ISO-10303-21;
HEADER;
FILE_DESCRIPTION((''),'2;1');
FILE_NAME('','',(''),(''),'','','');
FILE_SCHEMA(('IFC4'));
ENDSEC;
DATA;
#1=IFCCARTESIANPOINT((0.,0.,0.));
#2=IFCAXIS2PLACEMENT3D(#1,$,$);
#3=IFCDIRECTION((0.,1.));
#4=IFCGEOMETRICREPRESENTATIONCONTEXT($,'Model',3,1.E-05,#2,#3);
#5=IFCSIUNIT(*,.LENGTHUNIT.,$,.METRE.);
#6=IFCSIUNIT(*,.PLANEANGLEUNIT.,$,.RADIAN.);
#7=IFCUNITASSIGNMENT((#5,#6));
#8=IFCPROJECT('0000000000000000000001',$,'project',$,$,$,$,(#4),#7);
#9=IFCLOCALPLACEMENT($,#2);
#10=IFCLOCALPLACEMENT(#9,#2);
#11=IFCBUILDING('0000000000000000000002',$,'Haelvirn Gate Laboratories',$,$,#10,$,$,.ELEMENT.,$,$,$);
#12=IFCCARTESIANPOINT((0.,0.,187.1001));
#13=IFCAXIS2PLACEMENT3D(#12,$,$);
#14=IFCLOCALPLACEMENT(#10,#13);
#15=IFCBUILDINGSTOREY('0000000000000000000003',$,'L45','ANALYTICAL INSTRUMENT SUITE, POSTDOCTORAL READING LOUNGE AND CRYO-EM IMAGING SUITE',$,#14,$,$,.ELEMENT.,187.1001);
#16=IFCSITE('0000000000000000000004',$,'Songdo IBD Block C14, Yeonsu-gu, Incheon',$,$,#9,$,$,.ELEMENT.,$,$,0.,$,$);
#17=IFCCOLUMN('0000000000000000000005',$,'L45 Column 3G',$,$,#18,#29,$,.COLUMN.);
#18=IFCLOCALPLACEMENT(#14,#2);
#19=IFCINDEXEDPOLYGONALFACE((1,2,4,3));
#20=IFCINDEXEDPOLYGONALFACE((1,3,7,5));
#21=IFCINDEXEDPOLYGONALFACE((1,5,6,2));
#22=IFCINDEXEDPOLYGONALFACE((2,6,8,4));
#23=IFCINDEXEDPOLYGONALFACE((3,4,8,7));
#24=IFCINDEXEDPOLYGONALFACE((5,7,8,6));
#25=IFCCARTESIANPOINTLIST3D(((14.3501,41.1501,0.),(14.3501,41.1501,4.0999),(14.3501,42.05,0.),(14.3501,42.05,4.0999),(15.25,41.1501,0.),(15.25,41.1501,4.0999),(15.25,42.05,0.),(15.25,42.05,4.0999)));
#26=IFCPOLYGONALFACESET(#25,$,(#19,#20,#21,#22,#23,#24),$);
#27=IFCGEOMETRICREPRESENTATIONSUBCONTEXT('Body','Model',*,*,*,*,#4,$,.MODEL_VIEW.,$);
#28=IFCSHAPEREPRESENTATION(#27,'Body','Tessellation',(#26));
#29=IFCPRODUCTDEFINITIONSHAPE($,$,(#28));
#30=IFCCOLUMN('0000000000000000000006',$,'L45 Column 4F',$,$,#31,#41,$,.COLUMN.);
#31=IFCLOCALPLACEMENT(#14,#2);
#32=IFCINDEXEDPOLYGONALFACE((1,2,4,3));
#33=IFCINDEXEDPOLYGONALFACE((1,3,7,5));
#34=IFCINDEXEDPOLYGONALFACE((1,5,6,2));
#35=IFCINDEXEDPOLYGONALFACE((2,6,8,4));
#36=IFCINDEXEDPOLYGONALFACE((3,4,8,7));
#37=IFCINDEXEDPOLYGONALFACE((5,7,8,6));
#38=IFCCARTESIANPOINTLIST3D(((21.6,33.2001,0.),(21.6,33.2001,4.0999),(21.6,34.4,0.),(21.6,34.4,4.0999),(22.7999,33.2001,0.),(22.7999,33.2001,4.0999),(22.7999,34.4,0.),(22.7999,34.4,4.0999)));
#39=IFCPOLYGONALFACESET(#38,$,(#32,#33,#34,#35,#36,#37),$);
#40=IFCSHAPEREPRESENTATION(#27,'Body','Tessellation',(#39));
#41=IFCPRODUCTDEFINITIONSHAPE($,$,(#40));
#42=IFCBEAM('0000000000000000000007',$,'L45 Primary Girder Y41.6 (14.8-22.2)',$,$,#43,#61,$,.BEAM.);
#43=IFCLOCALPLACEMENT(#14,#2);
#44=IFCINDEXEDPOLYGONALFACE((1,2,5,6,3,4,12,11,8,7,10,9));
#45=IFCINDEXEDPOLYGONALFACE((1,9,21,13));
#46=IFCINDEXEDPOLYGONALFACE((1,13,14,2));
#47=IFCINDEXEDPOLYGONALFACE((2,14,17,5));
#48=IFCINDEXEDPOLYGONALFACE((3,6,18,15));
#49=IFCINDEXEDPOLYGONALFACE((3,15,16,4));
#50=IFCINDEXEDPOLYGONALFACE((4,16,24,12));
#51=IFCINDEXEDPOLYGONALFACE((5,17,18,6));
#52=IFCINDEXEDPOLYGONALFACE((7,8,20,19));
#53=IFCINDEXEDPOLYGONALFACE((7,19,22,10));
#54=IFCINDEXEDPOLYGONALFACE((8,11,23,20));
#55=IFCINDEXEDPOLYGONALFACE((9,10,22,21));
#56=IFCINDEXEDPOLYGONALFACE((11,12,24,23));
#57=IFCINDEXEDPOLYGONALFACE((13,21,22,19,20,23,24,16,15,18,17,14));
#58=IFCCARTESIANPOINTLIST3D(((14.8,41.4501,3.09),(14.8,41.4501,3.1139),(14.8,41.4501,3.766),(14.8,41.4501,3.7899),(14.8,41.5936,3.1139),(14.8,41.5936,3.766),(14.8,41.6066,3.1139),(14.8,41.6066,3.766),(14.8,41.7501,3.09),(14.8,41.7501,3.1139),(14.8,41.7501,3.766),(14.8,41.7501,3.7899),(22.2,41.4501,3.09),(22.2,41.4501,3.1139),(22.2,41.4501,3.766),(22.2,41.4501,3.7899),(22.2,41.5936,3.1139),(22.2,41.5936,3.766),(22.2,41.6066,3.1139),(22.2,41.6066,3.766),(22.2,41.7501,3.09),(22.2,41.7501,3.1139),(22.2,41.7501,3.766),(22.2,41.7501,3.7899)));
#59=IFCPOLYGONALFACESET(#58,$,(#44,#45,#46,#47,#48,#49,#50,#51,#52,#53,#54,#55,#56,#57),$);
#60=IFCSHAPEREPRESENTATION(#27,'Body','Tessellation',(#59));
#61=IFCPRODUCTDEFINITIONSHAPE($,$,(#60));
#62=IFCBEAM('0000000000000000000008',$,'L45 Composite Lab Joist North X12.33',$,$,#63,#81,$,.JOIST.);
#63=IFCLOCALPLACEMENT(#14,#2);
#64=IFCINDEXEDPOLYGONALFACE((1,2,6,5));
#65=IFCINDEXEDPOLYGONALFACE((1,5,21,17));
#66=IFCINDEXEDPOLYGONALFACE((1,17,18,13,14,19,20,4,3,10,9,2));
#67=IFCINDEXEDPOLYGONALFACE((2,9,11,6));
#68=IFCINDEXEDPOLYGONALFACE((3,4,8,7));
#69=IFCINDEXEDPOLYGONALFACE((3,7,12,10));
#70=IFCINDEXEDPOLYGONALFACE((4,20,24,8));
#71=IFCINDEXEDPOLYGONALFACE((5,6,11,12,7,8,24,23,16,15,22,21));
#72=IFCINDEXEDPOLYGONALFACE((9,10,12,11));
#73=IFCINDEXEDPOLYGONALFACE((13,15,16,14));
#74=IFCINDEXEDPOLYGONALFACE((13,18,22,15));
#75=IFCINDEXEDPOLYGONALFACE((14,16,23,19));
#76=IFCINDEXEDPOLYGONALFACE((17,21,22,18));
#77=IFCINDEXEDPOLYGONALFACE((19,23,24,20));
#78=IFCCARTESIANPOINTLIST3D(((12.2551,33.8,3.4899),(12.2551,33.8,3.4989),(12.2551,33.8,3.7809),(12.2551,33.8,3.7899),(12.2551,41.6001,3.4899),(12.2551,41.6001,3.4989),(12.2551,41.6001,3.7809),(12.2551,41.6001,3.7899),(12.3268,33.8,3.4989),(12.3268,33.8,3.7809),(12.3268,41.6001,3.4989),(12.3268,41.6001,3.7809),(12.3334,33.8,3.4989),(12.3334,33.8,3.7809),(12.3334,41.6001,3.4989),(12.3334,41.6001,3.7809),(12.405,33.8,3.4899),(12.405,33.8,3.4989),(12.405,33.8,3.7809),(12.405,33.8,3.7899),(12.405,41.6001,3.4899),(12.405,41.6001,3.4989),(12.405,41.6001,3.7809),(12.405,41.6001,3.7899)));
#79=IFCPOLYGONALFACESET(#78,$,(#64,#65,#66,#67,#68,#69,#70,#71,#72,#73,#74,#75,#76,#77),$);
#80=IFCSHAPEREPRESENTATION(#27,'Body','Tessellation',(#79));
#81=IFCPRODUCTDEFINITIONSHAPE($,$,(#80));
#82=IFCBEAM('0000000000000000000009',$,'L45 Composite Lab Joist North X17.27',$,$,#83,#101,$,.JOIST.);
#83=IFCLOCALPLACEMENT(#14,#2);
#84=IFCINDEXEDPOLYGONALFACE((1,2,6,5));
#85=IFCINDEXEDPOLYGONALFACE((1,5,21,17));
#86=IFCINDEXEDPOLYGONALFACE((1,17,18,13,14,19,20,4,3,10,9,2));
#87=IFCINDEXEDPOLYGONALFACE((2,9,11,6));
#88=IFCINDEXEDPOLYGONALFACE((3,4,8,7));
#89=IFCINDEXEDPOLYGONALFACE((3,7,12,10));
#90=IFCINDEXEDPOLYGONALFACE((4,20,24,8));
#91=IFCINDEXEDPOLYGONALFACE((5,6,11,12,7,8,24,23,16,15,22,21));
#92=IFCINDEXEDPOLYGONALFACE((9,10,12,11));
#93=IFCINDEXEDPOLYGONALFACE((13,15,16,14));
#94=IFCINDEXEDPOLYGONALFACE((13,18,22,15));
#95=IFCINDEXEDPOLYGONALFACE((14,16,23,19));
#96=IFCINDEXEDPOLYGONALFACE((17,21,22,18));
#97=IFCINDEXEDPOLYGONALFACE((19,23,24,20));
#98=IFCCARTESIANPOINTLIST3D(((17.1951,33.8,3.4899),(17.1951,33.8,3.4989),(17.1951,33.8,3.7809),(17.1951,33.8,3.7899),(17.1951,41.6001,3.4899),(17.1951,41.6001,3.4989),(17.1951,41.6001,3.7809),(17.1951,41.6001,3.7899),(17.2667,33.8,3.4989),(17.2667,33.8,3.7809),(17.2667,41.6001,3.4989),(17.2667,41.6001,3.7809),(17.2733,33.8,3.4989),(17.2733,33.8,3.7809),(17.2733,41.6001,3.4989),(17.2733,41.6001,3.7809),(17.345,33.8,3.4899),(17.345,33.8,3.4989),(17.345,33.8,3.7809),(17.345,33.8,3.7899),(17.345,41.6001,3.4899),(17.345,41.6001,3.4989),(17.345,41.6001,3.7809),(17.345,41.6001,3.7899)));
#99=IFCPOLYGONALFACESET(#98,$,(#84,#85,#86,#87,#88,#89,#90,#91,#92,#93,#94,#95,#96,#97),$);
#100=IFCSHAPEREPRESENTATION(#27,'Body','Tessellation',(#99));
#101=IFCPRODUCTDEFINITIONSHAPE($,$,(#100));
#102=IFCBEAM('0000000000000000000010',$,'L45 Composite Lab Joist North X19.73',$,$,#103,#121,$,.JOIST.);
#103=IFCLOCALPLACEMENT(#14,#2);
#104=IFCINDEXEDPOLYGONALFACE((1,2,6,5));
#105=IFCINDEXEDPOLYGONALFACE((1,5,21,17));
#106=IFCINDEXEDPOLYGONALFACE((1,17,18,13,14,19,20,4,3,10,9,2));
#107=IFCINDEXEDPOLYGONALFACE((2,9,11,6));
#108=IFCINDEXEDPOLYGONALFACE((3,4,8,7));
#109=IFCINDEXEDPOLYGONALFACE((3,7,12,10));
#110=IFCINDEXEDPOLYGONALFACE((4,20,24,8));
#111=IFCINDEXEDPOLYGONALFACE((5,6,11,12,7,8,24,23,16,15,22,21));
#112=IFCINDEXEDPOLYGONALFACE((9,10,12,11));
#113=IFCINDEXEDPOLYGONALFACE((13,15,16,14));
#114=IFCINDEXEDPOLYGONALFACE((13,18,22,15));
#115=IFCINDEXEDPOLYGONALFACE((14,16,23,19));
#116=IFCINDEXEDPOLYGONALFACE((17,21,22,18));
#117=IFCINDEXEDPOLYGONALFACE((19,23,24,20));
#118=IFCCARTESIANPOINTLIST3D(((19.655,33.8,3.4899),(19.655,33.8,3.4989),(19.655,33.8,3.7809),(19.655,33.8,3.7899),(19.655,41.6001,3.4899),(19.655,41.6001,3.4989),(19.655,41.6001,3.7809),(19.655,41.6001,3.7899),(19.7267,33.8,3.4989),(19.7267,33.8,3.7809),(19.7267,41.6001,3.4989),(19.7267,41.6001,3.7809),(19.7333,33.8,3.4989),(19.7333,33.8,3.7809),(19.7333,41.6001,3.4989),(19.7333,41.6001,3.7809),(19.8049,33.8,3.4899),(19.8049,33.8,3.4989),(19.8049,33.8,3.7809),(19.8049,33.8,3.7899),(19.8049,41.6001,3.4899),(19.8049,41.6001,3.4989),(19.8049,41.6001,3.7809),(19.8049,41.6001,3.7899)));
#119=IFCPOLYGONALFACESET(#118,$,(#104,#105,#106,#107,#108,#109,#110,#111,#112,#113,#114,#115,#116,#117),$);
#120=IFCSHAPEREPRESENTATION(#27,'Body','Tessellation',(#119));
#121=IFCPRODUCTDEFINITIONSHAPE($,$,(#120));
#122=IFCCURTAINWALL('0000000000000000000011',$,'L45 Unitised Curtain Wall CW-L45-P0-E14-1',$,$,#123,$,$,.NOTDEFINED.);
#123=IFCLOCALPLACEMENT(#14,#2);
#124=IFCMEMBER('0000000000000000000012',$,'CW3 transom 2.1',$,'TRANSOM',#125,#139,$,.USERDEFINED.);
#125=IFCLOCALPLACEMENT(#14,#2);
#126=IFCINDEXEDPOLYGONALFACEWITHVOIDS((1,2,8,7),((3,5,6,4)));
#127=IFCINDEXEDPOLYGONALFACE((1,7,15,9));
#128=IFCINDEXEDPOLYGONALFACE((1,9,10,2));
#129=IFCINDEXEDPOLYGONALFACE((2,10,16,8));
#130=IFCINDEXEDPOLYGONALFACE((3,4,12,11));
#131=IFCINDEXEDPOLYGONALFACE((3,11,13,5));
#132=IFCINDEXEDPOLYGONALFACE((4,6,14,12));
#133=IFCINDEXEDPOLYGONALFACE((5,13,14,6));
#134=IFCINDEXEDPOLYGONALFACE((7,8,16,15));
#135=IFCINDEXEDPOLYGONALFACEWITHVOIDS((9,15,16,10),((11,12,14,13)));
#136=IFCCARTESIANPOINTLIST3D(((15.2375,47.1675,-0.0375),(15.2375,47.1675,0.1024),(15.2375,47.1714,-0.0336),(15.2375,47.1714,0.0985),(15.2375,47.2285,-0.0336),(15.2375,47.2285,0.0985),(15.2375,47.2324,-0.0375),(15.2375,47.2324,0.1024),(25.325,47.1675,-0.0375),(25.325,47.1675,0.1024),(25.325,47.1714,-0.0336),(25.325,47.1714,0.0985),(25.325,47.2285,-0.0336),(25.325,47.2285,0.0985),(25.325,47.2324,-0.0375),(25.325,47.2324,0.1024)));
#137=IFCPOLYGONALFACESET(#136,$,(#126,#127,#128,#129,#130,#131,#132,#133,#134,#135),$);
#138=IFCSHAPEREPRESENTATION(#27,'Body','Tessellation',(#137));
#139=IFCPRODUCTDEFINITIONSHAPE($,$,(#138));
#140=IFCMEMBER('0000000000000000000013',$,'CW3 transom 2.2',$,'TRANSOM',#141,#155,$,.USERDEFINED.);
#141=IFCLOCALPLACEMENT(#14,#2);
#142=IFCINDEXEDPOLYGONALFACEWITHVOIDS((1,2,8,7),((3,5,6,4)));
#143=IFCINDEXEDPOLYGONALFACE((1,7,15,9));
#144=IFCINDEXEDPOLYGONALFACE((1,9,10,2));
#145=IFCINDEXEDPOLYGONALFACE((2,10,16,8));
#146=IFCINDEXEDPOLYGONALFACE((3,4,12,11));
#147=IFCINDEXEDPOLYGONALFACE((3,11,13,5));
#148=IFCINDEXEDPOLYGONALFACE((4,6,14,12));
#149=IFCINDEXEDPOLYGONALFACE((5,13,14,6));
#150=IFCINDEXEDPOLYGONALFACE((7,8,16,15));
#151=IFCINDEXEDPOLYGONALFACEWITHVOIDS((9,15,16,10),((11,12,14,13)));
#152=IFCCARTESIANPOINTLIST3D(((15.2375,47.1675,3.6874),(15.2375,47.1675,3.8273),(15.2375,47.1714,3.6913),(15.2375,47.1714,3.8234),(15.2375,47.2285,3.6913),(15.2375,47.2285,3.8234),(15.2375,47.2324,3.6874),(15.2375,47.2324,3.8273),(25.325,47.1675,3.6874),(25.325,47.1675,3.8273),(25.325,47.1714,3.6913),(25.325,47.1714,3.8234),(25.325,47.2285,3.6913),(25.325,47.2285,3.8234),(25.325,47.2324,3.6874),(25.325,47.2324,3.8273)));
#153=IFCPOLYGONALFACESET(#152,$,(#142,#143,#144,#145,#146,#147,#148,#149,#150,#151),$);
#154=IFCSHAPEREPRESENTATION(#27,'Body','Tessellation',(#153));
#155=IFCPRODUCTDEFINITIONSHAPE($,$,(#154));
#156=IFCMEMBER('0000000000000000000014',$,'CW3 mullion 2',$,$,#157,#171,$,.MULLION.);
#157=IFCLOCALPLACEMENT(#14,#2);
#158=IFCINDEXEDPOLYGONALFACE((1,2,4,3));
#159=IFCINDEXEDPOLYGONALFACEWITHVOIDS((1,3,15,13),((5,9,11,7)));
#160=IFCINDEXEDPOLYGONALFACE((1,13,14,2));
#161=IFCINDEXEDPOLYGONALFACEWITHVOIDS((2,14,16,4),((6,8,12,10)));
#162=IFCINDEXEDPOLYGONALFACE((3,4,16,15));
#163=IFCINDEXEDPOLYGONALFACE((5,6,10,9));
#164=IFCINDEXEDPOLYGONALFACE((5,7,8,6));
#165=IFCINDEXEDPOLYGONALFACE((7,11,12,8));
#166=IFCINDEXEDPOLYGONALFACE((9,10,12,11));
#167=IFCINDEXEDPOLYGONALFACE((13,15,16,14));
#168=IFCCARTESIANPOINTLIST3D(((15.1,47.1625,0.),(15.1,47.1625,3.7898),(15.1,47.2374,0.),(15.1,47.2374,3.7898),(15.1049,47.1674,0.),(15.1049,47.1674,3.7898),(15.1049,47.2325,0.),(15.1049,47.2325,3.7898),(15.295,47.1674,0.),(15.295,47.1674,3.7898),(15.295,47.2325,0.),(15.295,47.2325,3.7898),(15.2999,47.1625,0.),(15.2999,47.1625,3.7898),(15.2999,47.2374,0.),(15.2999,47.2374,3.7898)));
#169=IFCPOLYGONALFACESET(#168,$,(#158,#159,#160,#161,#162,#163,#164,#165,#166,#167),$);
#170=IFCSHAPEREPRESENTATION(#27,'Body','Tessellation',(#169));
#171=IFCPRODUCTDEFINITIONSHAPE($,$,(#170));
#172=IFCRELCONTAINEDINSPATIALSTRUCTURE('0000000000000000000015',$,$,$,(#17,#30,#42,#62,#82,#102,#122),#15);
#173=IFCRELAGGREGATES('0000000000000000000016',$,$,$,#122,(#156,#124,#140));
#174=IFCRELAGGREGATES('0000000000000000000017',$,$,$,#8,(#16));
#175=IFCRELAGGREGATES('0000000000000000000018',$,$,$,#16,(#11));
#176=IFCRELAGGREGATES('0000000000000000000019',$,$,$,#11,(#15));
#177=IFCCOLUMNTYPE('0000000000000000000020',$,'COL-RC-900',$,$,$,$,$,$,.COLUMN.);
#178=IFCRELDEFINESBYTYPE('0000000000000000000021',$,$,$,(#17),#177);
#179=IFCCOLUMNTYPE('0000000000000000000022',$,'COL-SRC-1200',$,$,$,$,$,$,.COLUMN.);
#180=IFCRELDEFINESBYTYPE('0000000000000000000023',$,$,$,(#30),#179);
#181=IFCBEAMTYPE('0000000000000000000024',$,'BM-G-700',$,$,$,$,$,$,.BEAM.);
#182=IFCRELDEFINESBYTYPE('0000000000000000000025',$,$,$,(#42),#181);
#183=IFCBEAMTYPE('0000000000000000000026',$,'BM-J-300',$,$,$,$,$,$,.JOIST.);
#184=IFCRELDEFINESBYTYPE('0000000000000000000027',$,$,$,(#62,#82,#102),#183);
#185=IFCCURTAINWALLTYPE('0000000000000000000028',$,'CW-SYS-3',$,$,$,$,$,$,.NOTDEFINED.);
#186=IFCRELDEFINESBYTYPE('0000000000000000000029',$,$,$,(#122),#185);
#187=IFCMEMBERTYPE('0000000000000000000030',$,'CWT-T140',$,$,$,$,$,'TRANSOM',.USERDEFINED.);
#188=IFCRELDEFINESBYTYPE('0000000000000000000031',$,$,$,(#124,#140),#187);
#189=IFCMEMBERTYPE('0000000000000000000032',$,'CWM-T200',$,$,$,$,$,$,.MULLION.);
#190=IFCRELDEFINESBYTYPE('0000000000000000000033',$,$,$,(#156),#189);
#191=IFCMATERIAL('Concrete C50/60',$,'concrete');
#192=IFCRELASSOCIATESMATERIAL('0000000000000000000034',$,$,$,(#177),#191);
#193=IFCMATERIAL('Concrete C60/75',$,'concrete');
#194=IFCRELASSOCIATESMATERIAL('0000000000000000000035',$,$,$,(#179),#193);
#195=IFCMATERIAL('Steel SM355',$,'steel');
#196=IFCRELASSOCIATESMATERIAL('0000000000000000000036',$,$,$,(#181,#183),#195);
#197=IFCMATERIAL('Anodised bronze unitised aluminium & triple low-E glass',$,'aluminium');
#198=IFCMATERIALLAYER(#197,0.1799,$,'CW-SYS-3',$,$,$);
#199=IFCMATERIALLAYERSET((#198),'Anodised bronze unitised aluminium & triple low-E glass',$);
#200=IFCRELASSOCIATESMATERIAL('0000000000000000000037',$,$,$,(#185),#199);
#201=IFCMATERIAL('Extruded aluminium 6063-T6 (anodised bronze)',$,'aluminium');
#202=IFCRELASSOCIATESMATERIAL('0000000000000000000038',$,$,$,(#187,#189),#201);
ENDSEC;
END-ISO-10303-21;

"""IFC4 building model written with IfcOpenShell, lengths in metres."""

from ifc_helpers import new_model, si_unit, direction, frame, origin, origin_2d, place, context, subcontext, project, spatial, rectangle, hollow_rectangle, i_section, extrude, source, transform, mapped, material, layer, layer_set, material_profile, profile_set, type_object, type_shapes, element, aggregate, save


model = new_model("IFC4")

# Units and contexts
model_context = context("Model", 3, precision=1e-05, world=origin(), true_north=direction((0.0, 1.0)))
body_context = subcontext(model_context, "Body", "Model", "MODEL_VIEW")
ifc_project = project(units=[si_unit("LENGTHUNIT", "METRE"), si_unit("PLANEANGLEUNIT", "RADIAN")], contexts=[model_context])

# Site, building, storey
site_placement = place(None, origin())
site = spatial("IfcSite", under=ifc_project, at=site_placement, Name="Songdo IBD Block C14, Yeonsu-gu, Incheon", CompositionType="ELEMENT", RefElevation=0.0)
building_placement = place(site_placement, origin())
building = spatial("IfcBuilding", under=site, at=building_placement, Name="Haelvirn Gate Laboratories", CompositionType="ELEMENT")
storey_placement = place(building_placement, frame((0.0, 0.0, 187.1001)))
storey = spatial("IfcBuildingStorey", under=building, at=storey_placement, Name="L45", Description="ANALYTICAL INSTRUMENT SUITE, POSTDOCTORAL READING LOUNGE AND CRYO-EM IMAGING SUITE", CompositionType="ELEMENT", Elevation=187.1001)

# Columns
ifc_material_1 = material(Name="Concrete C50/60", Category="concrete")
ifc_material_profile_1 = material_profile(ifc_material_1, rectangle(XDim=0.8999, YDim=0.8999, at=origin_2d()), Name="RC-900x900")
ifc_profile_set_1 = profile_set([ifc_material_profile_1], Name="Concrete C50/60")
column_type_1 = type_object("IfcColumnType", Name="COL-RC-900", PredefinedType="COLUMN", material=ifc_profile_set_1)
shared_shape_1 = source(origin(), body_context, "Body", "SweptSolid", [
    extrude(rectangle(XDim=0.8999, YDim=0.8999, at=origin_2d()), origin(), (0.0, 0.0, 1.0), 4.0999),
])
type_shapes(column_type_1, [shared_shape_1])
column_1_placement = place(storey_placement, frame((14.8, 41.6001, 0.0), z_axis=(0.0, 0.0, 1.0), x_axis=(1.0, 0.0, 0.0)))
element("IfcColumn", 1, at=column_1_placement, inside=storey, type_object=column_type_1, Name="L45 Column 3G", PredefinedType="COLUMN", context=body_context, shape_type="MappedRepresentation", body=[
    mapped(shared_shape_1, transform((0.0, 0.0, 0.0), scale=1.0)),
])
ifc_material_2 = material(Name="Concrete C60/75", Category="concrete")
ifc_material_profile_2 = material_profile(ifc_material_2, rectangle(XDim=1.2, YDim=1.2, at=origin_2d()), Name="SRC-1200x1200")
ifc_profile_set_2 = profile_set([ifc_material_profile_2], Name="Concrete C60/75")
column_type_2 = type_object("IfcColumnType", Name="COL-SRC-1200", PredefinedType="COLUMN", material=ifc_profile_set_2)
shared_shape_2 = source(origin(), body_context, "Body", "SweptSolid", [
    extrude(rectangle(XDim=1.2, YDim=1.2, at=origin_2d()), origin(), (0.0, 0.0, 1.0), 4.0999),
])
type_shapes(column_type_2, [shared_shape_2])
column_2_placement = place(storey_placement, frame((22.2, 33.8, 0.0), z_axis=(0.0, 0.0, 1.0), x_axis=(1.0, 0.0, 0.0)))
element("IfcColumn", 2, at=column_2_placement, inside=storey, type_object=column_type_2, Name="L45 Column 4F", PredefinedType="COLUMN", context=body_context, shape_type="MappedRepresentation", body=[
    mapped(shared_shape_2, transform((0.0, 0.0, 0.0), scale=1.0)),
])

# Beams
ifc_material_3 = material(Name="Steel SM355", Category="steel")
ifc_material_profile_3 = material_profile(ifc_material_3, i_section(OverallWidth=0.3, OverallDepth=0.7, WebThickness=0.0129, FlangeThickness=0.0239, at=origin_2d()), Name="H-700x300x13x24")
ifc_profile_set_3 = profile_set([ifc_material_profile_3], Name="Steel SM355")
beam_type_1 = type_object("IfcBeamType", Name="BM-G-700", PredefinedType="BEAM", material=ifc_profile_set_3)
shared_shape_3 = source(origin(), body_context, "Body", "SweptSolid", [
    extrude(i_section(OverallWidth=0.3, OverallDepth=0.7, WebThickness=0.0129, FlangeThickness=0.0239, at=origin_2d()), origin(), (0.0, 0.0, 1.0), 7.3999),
])
type_shapes(beam_type_1, [shared_shape_3])
beam_placement = place(storey_placement, frame((14.8, 41.6001, 3.4399), z_axis=(1.0, 0.0, 0.0), x_axis=(0.0, 1.0, 0.0)))
element("IfcBeam", 3, at=beam_placement, inside=storey, type_object=beam_type_1, Name="L45 Primary Girder Y41.6 (14.8-22.2)", PredefinedType="BEAM", context=body_context, shape_type="MappedRepresentation", body=[
    mapped(shared_shape_3, transform((0.0, 0.0, 0.0), scale=1.0)),
])
ifc_material_profile_4 = material_profile(ifc_material_3, i_section(OverallWidth=0.1499, OverallDepth=0.3, WebThickness=0.0066, FlangeThickness=0.009, at=origin_2d()), Name="H-300x150x6.5x9")
ifc_profile_set_4 = profile_set([ifc_material_profile_4], Name="Steel SM355")
beam_type_2 = type_object("IfcBeamType", Name="BM-J-300", PredefinedType="JOIST", material=ifc_profile_set_4)
shared_shape_4 = source(origin(), body_context, "Body", "SweptSolid", [
    extrude(i_section(OverallWidth=0.1499, OverallDepth=0.3, WebThickness=0.0066, FlangeThickness=0.009, at=origin_2d()), origin(), (0.0, 0.0, 1.0), 7.8),
])
type_shapes(beam_type_2, [shared_shape_4])
for number, where, z_axis, x_axis, name in (
    (4, (12.3301, 33.8, 3.6399), (0.0, 1.0, 0.0), (-1.0, 0.0, 0.0), "L45 Composite Lab Joist North X12.33"),
    (5, (17.27, 33.8, 3.6399), (0.0, 1.0, 0.0), (-1.0, 0.0, 0.0), "L45 Composite Lab Joist North X17.27"),
    (6, (19.73, 33.8, 3.6399), (0.0, 1.0, 0.0), (-1.0, 0.0, 0.0), "L45 Composite Lab Joist North X19.73"),
):
    element("IfcBeam", number, at=place(storey_placement, frame(where, z_axis=z_axis, x_axis=x_axis)), inside=storey, type_object=beam_type_2, Name=name, PredefinedType="JOIST", context=body_context, shape_type="MappedRepresentation", body=[
        mapped(shared_shape_4, transform((0.0, 0.0, 0.0), scale=1.0)),
    ])

# Curtain wall, members
ifc_material_4 = material(Name="Anodised bronze unitised aluminium & triple low-E glass", Category="aluminium")
ifc_layer_1 = layer(ifc_material_4, 0.1799, Name="CW-SYS-3")
ifc_layer_set_1 = layer_set([ifc_layer_1], Name="Anodised bronze unitised aluminium & triple low-E glass")
curtain_wall_type = type_object("IfcCurtainWallType", Name="CW-SYS-3", PredefinedType="NOTDEFINED", material=ifc_layer_set_1)
curtain_wall_placement = place(storey_placement, origin())
curtain_wall = element("IfcCurtainWall", 7, at=curtain_wall_placement, inside=storey, type_object=curtain_wall_type, Name="L45 Unitised Curtain Wall CW-L45-P0-E14-1", PredefinedType="NOTDEFINED")
ifc_material_5 = material(Name="Extruded aluminium 6063-T6 (anodised bronze)", Category="aluminium")
ifc_material_profile_5 = material_profile(ifc_material_5, hollow_rectangle(XDim=0.0649, YDim=0.1399, WallThickness=0.0039, at=origin_2d()), Name="CWT-140x65x4")
ifc_profile_set_5 = profile_set([ifc_material_profile_5], Name="Extruded aluminium 6063-T6 (anodised bronze)")
member_type_1 = type_object("IfcMemberType", Name="CWT-T140", ElementType="TRANSOM", PredefinedType="USERDEFINED", material=ifc_profile_set_5)
shared_shape_5 = source(origin(), body_context, "Body", "SweptSolid", [
    extrude(hollow_rectangle(XDim=0.0649, YDim=0.1399, WallThickness=0.0039, at=origin_2d()), origin(), (0.0, 0.0, 1.0), 10.0874),
])
type_shapes(member_type_1, [shared_shape_5])
member_1_placement = place(storey_placement, frame((15.2375, 47.2, 0.0325), z_axis=(1.0, 0.0, 0.0), x_axis=(0.0, 1.0, 0.0)))
member_1 = element("IfcMember", 8, at=member_1_placement, type_object=member_type_1, Name="CW3 transom 2.1", ObjectType="TRANSOM", PredefinedType="USERDEFINED", context=body_context, shape_type="MappedRepresentation", body=[
    mapped(shared_shape_5, transform((0.0, 0.0, 0.0), scale=1.0)),
])
member_2_placement = place(storey_placement, frame((15.2375, 47.2, 3.7573), z_axis=(1.0, 0.0, 0.0), x_axis=(0.0, 1.0, 0.0)))
member_2 = element("IfcMember", 9, at=member_2_placement, type_object=member_type_1, Name="CW3 transom 2.2", ObjectType="TRANSOM", PredefinedType="USERDEFINED", context=body_context, shape_type="MappedRepresentation", body=[
    mapped(shared_shape_5, transform((0.0, 0.0, 0.0), scale=1.0)),
])
ifc_material_profile_6 = material_profile(ifc_material_5, hollow_rectangle(XDim=0.075, YDim=0.2, WallThickness=0.0049, at=origin_2d()), Name="CWM-200x75x5")
ifc_profile_set_6 = profile_set([ifc_material_profile_6], Name="Extruded aluminium 6063-T6 (anodised bronze)")
member_type_2 = type_object("IfcMemberType", Name="CWM-T200", PredefinedType="MULLION", material=ifc_profile_set_6)
shared_shape_6 = source(origin(), body_context, "Body", "SweptSolid", [
    extrude(hollow_rectangle(XDim=0.075, YDim=0.2, WallThickness=0.0049, at=origin_2d()), origin(), (0.0, 0.0, 1.0), 3.7898),
])
type_shapes(member_type_2, [shared_shape_6])
member_3_placement = place(storey_placement, frame((15.2, 47.2, 0.0), z_axis=(0.0, 0.0, 1.0), x_axis=(0.0, 1.0, 0.0)))
member_3 = element("IfcMember", 10, at=member_3_placement, type_object=member_type_2, Name="CW3 mullion 2", PredefinedType="MULLION", context=body_context, shape_type="MappedRepresentation", body=[
    mapped(shared_shape_6, transform((0.0, 0.0, 0.0), scale=1.0)),
])
aggregate(curtain_wall, [member_3, member_1, member_2])

save(model, "model.ifc")
